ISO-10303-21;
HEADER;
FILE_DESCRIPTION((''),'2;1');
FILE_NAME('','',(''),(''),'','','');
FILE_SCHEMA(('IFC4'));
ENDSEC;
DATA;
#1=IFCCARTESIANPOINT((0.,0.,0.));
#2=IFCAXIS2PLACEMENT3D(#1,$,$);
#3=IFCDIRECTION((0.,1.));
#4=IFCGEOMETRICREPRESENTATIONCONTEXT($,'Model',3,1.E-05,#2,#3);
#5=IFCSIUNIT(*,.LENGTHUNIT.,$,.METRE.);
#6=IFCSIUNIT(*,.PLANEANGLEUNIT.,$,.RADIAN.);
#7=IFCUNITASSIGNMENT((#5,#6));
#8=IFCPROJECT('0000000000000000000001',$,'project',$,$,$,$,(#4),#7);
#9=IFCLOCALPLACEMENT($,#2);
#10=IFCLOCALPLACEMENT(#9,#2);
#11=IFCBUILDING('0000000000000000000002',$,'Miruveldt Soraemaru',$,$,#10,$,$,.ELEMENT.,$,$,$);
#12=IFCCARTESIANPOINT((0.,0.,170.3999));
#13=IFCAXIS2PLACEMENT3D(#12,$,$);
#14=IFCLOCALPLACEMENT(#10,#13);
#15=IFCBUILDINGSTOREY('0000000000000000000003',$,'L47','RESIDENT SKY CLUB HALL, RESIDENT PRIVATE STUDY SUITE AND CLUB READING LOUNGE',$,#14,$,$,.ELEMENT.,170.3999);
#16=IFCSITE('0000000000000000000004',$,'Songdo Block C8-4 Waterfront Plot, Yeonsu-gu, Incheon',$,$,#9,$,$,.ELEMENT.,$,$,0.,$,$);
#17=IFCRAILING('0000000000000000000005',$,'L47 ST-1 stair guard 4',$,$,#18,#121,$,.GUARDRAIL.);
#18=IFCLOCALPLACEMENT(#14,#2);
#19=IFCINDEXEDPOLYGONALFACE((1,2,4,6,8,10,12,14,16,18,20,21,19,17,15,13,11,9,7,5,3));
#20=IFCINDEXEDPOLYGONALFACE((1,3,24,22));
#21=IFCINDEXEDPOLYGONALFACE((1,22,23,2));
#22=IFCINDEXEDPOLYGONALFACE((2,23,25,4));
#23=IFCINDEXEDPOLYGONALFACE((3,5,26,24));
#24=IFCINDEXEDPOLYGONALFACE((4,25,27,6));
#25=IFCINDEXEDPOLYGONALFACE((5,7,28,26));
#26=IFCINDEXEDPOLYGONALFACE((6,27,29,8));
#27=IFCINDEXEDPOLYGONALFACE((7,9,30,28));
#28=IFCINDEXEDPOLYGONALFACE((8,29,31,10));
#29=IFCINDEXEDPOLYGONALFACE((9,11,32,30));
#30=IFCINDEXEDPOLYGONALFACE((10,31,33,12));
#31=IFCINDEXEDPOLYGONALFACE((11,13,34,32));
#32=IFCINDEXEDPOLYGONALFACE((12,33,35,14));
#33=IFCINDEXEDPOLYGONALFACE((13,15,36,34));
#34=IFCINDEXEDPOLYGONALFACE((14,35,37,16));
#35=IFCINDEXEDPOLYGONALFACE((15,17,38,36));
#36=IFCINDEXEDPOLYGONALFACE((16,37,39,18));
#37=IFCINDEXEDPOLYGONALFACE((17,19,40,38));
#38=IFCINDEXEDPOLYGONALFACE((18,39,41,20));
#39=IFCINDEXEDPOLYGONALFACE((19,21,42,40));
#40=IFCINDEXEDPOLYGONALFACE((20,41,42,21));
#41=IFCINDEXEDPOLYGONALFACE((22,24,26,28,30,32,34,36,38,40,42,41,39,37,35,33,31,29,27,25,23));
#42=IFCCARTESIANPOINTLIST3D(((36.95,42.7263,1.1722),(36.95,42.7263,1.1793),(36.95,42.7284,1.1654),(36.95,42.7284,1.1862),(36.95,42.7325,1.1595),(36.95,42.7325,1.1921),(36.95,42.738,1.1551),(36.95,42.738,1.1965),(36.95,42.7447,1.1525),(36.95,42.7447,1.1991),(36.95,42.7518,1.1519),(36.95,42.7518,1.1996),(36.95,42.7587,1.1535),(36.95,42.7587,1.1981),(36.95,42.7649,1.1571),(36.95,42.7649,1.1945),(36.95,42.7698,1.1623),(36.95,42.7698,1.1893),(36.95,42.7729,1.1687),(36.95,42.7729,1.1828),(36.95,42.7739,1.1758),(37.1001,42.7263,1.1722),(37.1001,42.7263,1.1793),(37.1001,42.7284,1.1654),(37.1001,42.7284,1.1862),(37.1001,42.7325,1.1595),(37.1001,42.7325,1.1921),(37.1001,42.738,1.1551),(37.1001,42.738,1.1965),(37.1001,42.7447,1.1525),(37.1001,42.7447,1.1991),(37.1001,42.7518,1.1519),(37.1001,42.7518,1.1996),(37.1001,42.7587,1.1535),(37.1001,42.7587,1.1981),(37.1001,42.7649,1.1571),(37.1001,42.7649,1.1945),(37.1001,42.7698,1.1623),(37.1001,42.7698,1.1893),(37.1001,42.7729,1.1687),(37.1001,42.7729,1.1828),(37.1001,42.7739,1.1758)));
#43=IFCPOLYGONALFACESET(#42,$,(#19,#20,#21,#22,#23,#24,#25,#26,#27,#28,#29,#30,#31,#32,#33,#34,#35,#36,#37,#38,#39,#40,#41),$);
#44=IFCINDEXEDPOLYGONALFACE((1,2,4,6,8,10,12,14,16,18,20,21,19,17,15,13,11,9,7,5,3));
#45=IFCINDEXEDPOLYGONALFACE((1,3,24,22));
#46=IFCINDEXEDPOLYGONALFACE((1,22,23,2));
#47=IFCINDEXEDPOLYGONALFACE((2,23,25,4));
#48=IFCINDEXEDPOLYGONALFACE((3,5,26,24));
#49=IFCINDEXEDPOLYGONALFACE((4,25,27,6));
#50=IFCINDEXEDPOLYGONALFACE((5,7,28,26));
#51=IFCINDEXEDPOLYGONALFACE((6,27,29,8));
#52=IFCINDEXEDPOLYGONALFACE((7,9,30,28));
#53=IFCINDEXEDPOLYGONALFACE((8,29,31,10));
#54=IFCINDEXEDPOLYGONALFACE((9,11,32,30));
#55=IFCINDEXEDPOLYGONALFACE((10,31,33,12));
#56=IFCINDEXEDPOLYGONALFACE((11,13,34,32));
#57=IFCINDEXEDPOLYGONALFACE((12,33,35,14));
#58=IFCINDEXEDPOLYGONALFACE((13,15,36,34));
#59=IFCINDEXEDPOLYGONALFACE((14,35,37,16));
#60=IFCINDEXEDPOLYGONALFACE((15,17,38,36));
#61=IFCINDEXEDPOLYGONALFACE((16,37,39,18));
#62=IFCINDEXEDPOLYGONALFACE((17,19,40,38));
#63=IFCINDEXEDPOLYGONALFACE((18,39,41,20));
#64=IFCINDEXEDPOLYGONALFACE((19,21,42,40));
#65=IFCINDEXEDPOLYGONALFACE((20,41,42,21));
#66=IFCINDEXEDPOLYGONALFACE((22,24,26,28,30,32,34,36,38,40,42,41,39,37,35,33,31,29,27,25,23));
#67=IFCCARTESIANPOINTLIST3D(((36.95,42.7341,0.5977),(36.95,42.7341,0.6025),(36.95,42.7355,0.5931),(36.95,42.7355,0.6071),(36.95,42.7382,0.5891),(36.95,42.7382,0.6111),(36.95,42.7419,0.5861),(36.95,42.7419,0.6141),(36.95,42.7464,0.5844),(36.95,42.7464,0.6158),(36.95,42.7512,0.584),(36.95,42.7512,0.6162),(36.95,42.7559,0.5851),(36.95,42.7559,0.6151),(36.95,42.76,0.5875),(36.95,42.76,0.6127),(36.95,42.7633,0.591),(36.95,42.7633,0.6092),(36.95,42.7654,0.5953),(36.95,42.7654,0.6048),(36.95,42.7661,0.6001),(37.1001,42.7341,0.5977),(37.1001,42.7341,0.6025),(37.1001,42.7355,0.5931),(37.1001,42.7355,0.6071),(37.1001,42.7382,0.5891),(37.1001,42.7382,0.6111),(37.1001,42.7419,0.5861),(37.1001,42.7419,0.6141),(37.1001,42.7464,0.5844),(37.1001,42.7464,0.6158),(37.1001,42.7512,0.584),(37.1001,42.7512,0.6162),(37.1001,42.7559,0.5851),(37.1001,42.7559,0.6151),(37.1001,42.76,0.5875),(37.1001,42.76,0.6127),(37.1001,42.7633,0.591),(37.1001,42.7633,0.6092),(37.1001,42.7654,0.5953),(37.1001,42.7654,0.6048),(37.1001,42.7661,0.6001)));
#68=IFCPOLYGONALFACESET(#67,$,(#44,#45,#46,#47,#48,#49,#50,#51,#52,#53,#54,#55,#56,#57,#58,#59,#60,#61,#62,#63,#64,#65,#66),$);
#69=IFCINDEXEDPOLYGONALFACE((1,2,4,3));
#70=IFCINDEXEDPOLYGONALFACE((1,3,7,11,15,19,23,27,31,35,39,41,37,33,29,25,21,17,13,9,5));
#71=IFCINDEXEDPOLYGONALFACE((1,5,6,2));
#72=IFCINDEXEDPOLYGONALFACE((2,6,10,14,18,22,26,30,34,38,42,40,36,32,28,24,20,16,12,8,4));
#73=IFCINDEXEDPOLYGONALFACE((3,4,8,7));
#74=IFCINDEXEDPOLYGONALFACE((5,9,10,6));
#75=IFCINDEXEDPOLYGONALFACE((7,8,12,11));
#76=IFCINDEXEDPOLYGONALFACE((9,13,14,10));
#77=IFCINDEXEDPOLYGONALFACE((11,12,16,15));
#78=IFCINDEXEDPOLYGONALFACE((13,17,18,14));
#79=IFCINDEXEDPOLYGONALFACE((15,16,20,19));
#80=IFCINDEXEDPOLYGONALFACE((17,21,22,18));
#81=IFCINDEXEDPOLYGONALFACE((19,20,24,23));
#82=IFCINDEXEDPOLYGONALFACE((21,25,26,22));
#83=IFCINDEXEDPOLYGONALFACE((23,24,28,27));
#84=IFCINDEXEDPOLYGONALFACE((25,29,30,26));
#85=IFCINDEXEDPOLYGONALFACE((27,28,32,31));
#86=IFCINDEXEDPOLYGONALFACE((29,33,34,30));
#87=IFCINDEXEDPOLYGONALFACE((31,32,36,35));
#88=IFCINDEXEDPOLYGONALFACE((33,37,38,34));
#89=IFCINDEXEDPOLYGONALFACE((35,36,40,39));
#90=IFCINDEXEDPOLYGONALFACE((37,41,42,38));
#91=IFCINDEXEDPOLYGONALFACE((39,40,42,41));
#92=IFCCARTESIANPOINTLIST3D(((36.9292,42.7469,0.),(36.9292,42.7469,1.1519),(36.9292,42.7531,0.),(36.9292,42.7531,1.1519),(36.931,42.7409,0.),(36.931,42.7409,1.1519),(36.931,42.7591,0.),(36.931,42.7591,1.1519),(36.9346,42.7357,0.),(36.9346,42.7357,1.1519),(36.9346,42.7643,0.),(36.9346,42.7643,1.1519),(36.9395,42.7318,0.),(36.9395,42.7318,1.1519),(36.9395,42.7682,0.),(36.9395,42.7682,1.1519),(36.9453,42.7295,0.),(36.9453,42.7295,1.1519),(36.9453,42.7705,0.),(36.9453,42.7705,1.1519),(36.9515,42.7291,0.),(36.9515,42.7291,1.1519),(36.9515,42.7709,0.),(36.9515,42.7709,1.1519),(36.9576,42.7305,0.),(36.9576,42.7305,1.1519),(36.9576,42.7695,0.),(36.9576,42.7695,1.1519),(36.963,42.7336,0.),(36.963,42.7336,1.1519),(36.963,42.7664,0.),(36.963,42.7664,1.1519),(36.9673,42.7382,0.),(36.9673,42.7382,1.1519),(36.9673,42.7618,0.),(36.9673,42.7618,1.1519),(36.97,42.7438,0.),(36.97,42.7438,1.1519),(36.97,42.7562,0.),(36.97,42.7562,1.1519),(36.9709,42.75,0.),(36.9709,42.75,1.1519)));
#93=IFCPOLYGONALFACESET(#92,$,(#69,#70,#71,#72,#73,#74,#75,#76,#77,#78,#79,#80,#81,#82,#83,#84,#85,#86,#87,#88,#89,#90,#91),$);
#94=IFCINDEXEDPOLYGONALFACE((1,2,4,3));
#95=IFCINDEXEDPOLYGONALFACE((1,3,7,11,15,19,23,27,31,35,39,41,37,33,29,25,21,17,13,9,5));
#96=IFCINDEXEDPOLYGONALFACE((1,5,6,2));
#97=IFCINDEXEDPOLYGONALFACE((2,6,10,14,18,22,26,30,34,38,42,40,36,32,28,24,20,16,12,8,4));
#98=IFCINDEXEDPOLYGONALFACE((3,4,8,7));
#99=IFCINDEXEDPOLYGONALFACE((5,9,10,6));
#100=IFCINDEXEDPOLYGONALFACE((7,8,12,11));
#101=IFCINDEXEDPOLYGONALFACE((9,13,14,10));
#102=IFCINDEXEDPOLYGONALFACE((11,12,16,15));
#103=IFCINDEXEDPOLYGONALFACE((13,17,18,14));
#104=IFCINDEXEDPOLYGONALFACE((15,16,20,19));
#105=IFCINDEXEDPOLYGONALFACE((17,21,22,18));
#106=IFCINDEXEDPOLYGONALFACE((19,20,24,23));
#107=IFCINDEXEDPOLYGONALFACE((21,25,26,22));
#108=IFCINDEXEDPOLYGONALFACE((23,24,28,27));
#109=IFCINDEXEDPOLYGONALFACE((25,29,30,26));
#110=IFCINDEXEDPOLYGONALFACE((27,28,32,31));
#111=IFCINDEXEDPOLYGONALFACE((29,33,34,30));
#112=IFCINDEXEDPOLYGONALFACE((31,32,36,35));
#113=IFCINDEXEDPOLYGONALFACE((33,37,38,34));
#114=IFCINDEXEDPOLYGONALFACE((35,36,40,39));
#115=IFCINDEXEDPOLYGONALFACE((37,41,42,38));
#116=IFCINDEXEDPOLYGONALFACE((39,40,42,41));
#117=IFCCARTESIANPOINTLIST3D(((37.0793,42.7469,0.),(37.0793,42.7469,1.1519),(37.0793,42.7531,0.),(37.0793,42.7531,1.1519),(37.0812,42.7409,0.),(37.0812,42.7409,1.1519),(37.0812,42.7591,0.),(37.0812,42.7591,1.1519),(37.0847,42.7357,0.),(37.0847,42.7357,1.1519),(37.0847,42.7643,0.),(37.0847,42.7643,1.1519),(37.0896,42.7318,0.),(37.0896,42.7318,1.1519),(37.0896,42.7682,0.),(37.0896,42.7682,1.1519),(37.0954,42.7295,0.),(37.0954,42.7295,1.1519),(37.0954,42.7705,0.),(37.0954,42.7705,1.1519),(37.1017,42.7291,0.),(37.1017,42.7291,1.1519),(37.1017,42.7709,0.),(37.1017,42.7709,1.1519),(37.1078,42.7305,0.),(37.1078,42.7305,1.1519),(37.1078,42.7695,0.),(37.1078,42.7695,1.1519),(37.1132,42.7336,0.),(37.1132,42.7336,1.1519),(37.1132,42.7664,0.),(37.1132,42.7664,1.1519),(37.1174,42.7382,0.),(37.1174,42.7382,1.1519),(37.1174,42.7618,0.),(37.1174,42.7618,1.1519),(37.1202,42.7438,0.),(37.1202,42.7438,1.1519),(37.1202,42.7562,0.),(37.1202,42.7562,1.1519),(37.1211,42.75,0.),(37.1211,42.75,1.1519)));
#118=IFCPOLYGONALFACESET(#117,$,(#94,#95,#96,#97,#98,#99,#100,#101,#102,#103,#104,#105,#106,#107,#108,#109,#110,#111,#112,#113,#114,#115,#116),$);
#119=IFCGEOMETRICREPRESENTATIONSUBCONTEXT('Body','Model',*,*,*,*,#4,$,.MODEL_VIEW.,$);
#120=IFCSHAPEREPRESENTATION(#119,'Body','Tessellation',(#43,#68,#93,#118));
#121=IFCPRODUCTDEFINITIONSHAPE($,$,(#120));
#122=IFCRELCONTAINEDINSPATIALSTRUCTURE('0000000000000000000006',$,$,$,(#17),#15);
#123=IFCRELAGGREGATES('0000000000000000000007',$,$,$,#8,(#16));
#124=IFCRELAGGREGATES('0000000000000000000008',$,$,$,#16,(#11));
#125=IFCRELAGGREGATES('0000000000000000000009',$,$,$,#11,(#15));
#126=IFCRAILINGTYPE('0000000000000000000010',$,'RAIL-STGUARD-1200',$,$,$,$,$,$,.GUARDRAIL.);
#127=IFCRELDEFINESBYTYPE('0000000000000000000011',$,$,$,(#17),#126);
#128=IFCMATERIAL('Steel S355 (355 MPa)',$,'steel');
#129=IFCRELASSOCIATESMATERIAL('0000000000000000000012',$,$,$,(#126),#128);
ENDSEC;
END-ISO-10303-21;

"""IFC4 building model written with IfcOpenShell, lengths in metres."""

from ifc_helpers import new_model, si_unit, direction, frame, origin, origin_2d, place, context, subcontext, project, spatial, circle, extrude, material, type_object, element, save


model = new_model("IFC4")

# Units and contexts
model_context = context("Model", 3, precision=1e-05, world=origin(), true_north=direction((0.0, 1.0)))
body_context = subcontext(model_context, "Body", "Model", "MODEL_VIEW")
ifc_project = project(units=[si_unit("LENGTHUNIT", "METRE"), si_unit("PLANEANGLEUNIT", "RADIAN")], contexts=[model_context])

# Site, building, storey
site_placement = place(None, origin())
site = spatial("IfcSite", under=ifc_project, at=site_placement, Name="Songdo Block C8-4 Waterfront Plot, Yeonsu-gu, Incheon", CompositionType="ELEMENT", RefElevation=0.0)
building_placement = place(site_placement, origin())
building = spatial("IfcBuilding", under=site, at=building_placement, Name="Miruveldt Soraemaru", CompositionType="ELEMENT")
storey_placement = place(building_placement, frame((0.0, 0.0, 170.3999)))
storey = spatial("IfcBuildingStorey", under=building, at=storey_placement, Name="L47", Description="RESIDENT SKY CLUB HALL, RESIDENT PRIVATE STUDY SUITE AND CLUB READING LOUNGE", CompositionType="ELEMENT", Elevation=170.3999)

# Railing
ifc_material_1 = material(Name="Steel S355 (355 MPa)", Category="steel")
railing_type = type_object("IfcRailingType", Name="RAIL-STGUARD-1200", PredefinedType="GUARDRAIL", material=ifc_material_1)
railing_1_placement = place(storey_placement, frame((36.95, 42.75, 0.0)))
element("IfcRailing", 1, at=railing_1_placement, inside=storey, type_object=railing_type, Name="L47 ST-1 stair guard 4", PredefinedType="GUARDRAIL", context=body_context, shape_type="SweptSolid", body=[
    extrude(circle(Radius=0.0239, at=origin_2d()), frame((0.0, 0.0, 1.1758), z_axis=(1.0, 0.0, 0.0), x_axis=(0.0, 1.0, 0.0)), (0.0, 0.0, 1.0), 0.1501),
    extrude(circle(Radius=0.0161, at=origin_2d()), frame((0.0, 0.0, 0.6001), z_axis=(1.0, 0.0, 0.0), x_axis=(0.0, 1.0, 0.0)), (0.0, 0.0, 1.0), 0.1501),
    extrude(circle(Radius=0.021, at=origin_2d()), origin(), (0.0, 0.0, 1.0), 1.1519),
    extrude(circle(Radius=0.021, at=origin_2d()), frame((0.1501, 0.0, 0.0)), (0.0, 0.0, 1.0), 1.1519),
])

save(model, "model.ifc")
